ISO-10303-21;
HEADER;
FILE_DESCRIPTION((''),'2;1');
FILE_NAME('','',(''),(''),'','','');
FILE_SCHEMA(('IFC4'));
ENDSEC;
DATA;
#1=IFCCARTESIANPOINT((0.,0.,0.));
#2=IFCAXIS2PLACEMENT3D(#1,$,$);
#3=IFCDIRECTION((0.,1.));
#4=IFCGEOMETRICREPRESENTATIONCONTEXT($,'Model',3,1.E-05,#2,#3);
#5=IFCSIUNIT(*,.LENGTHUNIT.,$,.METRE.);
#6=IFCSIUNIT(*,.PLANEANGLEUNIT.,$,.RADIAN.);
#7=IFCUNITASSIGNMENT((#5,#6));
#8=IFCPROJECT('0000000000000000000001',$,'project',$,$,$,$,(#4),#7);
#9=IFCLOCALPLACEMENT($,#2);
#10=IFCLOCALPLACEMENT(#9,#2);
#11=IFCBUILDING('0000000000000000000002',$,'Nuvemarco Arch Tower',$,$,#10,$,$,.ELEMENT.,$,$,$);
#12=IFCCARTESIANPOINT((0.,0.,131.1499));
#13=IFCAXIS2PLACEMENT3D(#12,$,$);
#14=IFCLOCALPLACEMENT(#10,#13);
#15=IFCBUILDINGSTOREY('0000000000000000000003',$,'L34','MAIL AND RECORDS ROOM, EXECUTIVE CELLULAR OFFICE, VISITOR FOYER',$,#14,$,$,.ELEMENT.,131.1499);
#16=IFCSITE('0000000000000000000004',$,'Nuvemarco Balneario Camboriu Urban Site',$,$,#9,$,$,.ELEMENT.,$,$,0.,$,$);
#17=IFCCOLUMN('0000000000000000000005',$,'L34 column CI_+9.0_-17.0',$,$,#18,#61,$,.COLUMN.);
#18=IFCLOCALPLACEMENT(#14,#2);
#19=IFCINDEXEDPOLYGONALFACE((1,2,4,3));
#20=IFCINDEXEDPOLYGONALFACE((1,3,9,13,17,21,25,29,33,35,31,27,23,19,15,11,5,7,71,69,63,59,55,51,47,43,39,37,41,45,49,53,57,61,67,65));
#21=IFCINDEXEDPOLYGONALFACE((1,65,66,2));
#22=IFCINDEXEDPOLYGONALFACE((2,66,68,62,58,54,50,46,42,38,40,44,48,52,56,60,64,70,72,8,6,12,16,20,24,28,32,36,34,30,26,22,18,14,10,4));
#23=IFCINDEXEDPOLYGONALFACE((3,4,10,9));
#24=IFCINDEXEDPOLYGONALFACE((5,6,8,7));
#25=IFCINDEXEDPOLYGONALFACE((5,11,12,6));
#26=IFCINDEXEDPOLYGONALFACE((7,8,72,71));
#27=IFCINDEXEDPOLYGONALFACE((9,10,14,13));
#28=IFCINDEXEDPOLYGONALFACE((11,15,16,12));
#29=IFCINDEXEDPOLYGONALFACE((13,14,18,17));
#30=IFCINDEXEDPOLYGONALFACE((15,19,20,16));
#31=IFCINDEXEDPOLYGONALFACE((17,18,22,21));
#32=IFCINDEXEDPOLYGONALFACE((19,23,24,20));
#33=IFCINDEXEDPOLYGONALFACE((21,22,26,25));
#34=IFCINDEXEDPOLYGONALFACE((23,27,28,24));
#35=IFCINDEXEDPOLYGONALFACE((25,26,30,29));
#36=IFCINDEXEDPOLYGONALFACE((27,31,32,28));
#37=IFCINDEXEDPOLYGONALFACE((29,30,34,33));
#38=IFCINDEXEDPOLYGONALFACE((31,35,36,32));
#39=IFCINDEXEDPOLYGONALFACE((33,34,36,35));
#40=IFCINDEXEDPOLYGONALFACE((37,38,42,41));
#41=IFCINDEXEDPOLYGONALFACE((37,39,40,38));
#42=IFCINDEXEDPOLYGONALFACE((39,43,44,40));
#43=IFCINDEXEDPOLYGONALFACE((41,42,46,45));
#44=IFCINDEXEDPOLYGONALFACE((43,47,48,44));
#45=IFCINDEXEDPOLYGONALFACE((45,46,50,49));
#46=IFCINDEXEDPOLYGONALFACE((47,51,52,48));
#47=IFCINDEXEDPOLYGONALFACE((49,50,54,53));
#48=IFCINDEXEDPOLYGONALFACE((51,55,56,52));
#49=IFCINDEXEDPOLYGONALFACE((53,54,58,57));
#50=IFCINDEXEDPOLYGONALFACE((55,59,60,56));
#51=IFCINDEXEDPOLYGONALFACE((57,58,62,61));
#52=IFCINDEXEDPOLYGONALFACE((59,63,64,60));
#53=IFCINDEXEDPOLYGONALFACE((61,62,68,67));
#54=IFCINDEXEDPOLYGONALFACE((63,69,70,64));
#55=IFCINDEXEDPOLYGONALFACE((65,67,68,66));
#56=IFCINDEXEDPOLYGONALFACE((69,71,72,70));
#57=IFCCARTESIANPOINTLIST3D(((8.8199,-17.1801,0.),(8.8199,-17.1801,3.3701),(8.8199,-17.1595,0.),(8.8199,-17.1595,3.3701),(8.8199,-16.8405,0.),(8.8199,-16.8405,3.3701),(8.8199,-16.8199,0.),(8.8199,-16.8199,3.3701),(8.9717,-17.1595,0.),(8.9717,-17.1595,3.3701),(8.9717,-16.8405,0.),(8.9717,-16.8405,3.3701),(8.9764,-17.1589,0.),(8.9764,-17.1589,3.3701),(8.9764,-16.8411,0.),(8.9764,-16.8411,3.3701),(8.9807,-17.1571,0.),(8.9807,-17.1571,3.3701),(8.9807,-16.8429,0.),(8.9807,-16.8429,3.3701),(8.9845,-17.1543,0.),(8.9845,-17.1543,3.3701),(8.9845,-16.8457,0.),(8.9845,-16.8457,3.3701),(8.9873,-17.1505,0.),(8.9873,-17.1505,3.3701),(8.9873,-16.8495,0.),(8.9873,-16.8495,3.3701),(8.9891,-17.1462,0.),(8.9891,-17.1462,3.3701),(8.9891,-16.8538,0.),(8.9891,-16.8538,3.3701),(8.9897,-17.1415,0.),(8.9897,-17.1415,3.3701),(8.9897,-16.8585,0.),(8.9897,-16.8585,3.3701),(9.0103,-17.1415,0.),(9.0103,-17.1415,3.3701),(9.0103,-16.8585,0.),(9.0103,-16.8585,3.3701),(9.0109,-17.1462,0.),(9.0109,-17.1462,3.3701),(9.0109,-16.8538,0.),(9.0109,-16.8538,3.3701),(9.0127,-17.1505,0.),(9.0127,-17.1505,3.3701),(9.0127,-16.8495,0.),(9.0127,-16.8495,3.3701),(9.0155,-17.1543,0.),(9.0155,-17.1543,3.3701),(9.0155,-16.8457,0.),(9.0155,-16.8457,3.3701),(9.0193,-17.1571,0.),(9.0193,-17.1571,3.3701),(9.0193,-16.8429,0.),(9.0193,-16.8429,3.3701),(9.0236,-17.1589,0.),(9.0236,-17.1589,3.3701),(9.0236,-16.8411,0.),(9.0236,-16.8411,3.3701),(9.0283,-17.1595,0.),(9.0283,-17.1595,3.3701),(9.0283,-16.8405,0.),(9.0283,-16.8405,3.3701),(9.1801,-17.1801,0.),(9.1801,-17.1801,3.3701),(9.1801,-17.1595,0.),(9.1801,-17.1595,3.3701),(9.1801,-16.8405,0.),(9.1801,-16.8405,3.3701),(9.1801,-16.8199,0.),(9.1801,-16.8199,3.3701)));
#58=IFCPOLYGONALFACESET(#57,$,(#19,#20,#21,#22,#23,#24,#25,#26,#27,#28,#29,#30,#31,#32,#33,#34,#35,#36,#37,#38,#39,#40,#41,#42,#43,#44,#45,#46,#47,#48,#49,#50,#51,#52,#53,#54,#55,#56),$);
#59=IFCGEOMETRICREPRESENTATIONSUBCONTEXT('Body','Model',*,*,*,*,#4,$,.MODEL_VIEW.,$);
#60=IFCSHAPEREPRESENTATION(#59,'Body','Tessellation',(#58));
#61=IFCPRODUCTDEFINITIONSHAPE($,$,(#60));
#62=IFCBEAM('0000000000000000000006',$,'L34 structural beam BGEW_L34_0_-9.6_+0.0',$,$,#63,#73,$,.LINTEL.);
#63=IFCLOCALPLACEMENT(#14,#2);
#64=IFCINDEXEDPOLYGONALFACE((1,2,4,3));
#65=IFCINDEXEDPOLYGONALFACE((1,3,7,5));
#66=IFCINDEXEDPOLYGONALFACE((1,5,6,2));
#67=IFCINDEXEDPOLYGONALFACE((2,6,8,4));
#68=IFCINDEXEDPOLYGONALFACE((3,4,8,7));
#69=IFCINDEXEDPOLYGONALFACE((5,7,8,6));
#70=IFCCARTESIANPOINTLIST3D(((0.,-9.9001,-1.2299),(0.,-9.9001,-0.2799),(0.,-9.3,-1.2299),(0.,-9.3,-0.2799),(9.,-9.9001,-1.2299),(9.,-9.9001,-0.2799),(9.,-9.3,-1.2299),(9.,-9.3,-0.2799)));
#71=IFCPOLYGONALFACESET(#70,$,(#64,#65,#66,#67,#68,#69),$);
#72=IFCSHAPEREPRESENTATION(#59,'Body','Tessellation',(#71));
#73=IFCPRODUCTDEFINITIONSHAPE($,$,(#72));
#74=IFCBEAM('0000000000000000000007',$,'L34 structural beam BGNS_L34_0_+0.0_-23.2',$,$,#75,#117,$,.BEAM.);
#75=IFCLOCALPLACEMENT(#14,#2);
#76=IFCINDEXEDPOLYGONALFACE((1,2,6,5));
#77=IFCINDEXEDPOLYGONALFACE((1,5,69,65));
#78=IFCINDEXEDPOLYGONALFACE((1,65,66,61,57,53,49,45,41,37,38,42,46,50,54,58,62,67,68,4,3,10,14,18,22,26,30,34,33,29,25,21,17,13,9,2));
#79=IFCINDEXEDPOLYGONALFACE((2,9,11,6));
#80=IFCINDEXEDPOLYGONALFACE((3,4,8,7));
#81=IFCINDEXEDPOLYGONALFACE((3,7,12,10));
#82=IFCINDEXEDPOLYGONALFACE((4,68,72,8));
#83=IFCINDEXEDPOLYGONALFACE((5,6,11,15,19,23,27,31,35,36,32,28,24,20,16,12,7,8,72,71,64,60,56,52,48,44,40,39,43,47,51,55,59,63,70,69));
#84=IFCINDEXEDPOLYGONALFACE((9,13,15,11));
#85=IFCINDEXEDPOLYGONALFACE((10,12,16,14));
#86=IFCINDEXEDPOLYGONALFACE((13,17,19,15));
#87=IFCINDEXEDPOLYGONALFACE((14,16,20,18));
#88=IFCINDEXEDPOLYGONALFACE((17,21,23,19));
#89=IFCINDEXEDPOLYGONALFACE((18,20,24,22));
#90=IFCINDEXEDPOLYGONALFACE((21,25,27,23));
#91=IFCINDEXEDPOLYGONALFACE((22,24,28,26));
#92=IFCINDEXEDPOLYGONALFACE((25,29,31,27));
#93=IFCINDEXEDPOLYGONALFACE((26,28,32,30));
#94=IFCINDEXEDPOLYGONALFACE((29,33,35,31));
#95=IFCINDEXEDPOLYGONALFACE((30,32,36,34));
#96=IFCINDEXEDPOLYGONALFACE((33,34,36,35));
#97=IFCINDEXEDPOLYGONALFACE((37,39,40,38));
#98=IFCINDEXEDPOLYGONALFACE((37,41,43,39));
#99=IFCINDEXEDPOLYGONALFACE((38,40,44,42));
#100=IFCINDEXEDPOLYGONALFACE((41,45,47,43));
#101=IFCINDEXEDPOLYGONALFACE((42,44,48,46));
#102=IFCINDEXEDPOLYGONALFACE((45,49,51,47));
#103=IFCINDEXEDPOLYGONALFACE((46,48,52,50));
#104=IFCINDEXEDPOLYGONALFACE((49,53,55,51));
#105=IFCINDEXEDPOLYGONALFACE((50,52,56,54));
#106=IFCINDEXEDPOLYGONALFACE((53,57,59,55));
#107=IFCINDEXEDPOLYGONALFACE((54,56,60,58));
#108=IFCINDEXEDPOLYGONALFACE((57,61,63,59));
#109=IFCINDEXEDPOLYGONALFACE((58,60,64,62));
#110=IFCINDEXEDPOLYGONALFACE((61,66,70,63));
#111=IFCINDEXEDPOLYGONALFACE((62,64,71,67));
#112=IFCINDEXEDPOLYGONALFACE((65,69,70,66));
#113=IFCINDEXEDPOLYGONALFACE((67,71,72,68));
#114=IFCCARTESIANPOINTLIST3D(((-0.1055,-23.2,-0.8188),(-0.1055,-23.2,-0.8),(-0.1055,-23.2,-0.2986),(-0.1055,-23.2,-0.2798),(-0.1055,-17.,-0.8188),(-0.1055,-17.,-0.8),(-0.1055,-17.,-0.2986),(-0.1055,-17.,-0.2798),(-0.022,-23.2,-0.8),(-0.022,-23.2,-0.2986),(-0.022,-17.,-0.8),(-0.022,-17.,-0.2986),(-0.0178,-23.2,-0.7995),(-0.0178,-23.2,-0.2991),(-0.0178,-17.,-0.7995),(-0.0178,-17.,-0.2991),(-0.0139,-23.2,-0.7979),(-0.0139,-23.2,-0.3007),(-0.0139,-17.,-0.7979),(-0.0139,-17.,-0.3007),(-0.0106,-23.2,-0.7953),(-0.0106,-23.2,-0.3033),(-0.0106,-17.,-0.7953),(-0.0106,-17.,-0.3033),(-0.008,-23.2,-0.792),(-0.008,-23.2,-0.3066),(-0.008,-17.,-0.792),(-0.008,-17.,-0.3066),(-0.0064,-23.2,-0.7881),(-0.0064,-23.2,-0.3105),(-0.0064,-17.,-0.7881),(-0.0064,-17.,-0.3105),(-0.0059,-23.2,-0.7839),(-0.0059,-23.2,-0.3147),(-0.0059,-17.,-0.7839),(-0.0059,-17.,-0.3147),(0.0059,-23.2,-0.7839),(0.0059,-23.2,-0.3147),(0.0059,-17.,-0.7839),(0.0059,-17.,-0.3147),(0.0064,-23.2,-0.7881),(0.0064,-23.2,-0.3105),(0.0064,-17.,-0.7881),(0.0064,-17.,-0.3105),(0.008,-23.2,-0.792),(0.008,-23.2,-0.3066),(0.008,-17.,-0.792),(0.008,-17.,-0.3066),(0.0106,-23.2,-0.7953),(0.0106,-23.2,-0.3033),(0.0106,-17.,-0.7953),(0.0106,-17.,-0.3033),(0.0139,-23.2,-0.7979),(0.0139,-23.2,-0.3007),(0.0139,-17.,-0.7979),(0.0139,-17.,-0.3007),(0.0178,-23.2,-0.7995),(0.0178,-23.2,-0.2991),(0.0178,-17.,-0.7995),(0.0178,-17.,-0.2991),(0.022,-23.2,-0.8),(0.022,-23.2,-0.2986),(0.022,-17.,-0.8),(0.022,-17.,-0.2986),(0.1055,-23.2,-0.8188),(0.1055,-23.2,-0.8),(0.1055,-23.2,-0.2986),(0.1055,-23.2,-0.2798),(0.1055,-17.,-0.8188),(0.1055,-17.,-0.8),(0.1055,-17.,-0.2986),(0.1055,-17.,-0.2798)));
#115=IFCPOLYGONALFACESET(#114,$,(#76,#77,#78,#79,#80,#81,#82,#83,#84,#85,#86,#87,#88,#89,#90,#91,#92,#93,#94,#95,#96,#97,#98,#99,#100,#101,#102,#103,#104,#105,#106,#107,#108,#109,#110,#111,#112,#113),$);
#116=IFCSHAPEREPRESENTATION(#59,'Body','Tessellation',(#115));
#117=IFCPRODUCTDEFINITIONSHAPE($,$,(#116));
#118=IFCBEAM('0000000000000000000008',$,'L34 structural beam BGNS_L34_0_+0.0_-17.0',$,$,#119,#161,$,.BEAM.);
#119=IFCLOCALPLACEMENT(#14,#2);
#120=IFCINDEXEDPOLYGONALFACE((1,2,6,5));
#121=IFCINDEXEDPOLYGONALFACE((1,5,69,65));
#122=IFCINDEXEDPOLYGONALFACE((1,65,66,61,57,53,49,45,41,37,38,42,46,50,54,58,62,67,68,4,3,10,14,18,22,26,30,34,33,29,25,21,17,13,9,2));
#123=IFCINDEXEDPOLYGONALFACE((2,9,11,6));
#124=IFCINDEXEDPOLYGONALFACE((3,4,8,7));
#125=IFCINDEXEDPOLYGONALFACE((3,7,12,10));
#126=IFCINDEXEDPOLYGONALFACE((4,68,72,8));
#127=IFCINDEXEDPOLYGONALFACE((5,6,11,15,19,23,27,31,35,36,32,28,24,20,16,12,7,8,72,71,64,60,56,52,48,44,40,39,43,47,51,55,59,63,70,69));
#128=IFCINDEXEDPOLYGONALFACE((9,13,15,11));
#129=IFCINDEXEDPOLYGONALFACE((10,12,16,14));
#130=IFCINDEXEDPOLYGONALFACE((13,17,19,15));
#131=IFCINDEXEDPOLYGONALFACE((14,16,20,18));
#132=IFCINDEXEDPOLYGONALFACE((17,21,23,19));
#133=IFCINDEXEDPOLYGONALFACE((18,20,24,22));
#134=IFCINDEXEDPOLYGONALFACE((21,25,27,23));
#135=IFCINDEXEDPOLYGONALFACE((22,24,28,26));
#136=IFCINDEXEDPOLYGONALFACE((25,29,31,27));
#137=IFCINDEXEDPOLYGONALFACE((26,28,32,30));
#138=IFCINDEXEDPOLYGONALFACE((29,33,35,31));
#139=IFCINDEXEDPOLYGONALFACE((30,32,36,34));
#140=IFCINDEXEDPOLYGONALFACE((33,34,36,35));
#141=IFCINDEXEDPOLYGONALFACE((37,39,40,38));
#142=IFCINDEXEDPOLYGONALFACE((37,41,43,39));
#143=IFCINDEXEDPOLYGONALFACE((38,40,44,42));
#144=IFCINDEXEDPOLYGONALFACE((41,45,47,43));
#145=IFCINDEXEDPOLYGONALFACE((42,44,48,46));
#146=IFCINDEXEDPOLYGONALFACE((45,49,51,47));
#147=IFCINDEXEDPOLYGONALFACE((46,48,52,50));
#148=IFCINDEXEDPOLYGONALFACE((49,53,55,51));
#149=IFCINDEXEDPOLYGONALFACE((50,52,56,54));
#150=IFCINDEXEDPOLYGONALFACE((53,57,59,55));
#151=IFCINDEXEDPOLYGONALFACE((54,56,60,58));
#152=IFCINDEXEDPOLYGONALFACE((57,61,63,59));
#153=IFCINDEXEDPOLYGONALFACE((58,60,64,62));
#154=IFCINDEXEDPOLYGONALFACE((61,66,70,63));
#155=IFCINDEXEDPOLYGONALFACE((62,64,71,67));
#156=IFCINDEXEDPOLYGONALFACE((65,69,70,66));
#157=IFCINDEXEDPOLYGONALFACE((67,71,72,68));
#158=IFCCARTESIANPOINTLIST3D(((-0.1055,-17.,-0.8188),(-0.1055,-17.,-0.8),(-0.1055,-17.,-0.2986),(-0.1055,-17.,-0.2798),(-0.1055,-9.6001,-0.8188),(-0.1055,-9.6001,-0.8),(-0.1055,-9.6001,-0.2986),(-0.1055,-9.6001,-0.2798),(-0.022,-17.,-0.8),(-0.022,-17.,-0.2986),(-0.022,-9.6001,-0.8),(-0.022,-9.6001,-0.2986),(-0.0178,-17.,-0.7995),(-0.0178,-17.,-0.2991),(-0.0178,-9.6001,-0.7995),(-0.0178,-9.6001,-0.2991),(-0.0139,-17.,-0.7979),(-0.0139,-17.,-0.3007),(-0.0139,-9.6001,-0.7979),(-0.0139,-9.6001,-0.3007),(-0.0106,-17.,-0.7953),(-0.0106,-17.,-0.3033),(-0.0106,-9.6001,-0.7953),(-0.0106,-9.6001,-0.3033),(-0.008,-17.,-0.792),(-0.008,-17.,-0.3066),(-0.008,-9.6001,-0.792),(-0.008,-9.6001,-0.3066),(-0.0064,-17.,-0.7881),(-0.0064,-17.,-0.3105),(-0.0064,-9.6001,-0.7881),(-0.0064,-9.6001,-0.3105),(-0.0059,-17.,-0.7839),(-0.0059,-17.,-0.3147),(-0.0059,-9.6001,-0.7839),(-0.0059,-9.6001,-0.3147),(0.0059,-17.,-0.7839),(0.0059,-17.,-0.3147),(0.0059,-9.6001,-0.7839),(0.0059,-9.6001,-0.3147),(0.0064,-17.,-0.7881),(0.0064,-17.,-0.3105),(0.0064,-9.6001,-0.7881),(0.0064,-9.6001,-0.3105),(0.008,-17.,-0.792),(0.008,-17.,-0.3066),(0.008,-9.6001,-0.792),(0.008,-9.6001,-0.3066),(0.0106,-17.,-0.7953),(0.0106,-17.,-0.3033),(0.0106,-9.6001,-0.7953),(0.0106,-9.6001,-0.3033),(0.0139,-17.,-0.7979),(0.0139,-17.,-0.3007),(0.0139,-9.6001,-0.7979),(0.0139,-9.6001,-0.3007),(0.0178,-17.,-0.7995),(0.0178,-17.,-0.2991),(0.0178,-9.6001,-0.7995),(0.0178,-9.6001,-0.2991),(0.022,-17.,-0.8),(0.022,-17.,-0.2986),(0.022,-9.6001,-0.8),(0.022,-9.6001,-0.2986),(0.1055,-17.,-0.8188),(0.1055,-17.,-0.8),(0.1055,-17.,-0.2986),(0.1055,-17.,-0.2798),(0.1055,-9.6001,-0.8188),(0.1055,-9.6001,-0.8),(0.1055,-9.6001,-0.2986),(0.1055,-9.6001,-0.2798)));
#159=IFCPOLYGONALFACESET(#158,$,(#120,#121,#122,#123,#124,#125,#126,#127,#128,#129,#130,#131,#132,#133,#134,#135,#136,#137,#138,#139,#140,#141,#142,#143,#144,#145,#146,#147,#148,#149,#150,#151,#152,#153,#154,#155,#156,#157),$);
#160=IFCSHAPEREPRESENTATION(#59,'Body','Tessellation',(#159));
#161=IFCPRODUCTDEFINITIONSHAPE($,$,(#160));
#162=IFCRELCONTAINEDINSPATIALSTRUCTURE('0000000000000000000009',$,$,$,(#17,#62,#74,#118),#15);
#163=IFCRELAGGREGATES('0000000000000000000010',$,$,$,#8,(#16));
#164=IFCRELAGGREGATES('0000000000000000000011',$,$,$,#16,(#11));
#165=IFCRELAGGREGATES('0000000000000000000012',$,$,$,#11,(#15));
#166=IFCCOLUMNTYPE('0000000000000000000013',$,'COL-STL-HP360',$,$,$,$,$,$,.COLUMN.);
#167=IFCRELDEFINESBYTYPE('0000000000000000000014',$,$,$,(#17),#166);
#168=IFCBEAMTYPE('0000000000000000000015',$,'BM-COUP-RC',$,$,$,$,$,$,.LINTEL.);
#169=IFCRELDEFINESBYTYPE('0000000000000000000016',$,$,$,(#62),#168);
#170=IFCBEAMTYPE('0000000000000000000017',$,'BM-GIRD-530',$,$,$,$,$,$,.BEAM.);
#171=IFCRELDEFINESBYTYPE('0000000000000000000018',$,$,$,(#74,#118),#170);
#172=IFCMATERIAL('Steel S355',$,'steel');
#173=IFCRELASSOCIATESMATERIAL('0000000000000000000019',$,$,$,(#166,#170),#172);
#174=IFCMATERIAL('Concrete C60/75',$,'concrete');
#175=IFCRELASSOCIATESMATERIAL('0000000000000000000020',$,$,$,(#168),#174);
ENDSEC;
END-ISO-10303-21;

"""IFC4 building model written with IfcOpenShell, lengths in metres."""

from ifc_helpers import new_model, si_unit, direction, frame, origin, origin_2d, place, context, subcontext, project, spatial, rectangle, i_section, extrude, material, material_profile, profile_set, type_object, element, save


model = new_model("IFC4")

# Units and contexts
model_context = context("Model", 3, precision=1e-05, world=origin(), true_north=direction((0.0, 1.0)))
body_context = subcontext(model_context, "Body", "Model", "MODEL_VIEW")
ifc_project = project(units=[si_unit("LENGTHUNIT", "METRE"), si_unit("PLANEANGLEUNIT", "RADIAN")], contexts=[model_context])

# Site, building, storey
site_placement = place(None, origin())
site = spatial("IfcSite", under=ifc_project, at=site_placement, Name="Nuvemarco Balneario Camboriu Urban Site", CompositionType="ELEMENT", RefElevation=0.0)
building_placement = place(site_placement, origin())
building = spatial("IfcBuilding", under=site, at=building_placement, Name="Nuvemarco Arch Tower", CompositionType="ELEMENT")
storey_placement = place(building_placement, frame((0.0, 0.0, 131.1499)))
storey = spatial("IfcBuildingStorey", under=building, at=storey_placement, Name="L34", Description="MAIL AND RECORDS ROOM, EXECUTIVE CELLULAR OFFICE, VISITOR FOYER", CompositionType="ELEMENT", Elevation=131.1499)

# Column
ifc_material_1 = material(Name="Steel S355", Category="steel")
ifc_material_profile_1 = material_profile(ifc_material_1, i_section(OverallWidth=0.3601, OverallDepth=0.3601, WebThickness=0.0205, FlangeThickness=0.0205, FilletRadius=0.0181, at=origin_2d()), Name="HP360x174")
ifc_profile_set_1 = profile_set([ifc_material_profile_1], Name="Steel S355")
column_type_1 = type_object("IfcColumnType", Name="COL-STL-HP360", PredefinedType="COLUMN", material=ifc_profile_set_1)
for number, where, z_axis, x_axis, name in (
    (1, (9.0, -17.0, 0.0), (0.0, 0.0, 1.0), (1.0, 0.0, 0.0), "L34 column CI_+9.0_-17.0"),
):
    element("IfcColumn", number, at=place(storey_placement, frame(where, z_axis=z_axis, x_axis=x_axis)), inside=storey, type_object=column_type_1, Name=name, PredefinedType="COLUMN", context=body_context, shape_type="SweptSolid", body=[
        extrude(i_section(OverallWidth=0.3601, OverallDepth=0.3601, WebThickness=0.0205, FlangeThickness=0.0205, FilletRadius=0.0181, at=origin_2d()), origin(), (0.0, 0.0, 1.0), 3.3701),
    ])

# Beams
ifc_material_2 = material(Name="Concrete C60/75", Category="concrete")
ifc_material_profile_2 = material_profile(ifc_material_2, rectangle(XDim=0.6001, YDim=0.95, at=origin_2d()), Name="RC-BM-600x950")
ifc_profile_set_2 = profile_set([ifc_material_profile_2], Name="Concrete C60/75")
beam_type_1 = type_object("IfcBeamType", Name="BM-COUP-RC", PredefinedType="LINTEL", material=ifc_profile_set_2)
beam_1_placement = place(storey_placement, frame((0.0, -9.6001, -0.7549), z_axis=(1.0, 0.0, 0.0), x_axis=(0.0, 1.0, 0.0)))
element("IfcBeam", 2, at=beam_1_placement, inside=storey, type_object=beam_type_1, Name="L34 structural beam BGEW_L34_0_-9.6_+0.0", PredefinedType="LINTEL", context=body_context, shape_type="SweptSolid", body=[
    extrude(rectangle(XDim=0.6001, YDim=0.95, at=origin_2d()), origin(), (0.0, 0.0, 1.0), 9.0),
])
ifc_material_profile_3 = material_profile(ifc_material_1, i_section(OverallWidth=0.2109, OverallDepth=0.5391, WebThickness=0.0117, FlangeThickness=0.0188, FilletRadius=0.0161, at=origin_2d()), Name="W530x109")
ifc_profile_set_3 = profile_set([ifc_material_profile_3], Name="Steel S355")
beam_type_2 = type_object("IfcBeamType", Name="BM-GIRD-530", PredefinedType="BEAM", material=ifc_profile_set_3)
beam_2_placement = place(storey_placement, frame((0.0, -23.2, -0.5493), z_axis=(0.0, 1.0, 0.0), x_axis=(-1.0, 0.0, 0.0)))
element("IfcBeam", 3, at=beam_2_placement, inside=storey, type_object=beam_type_2, Name="L34 structural beam BGNS_L34_0_+0.0_-23.2", PredefinedType="BEAM", context=body_context, shape_type="SweptSolid", body=[
    extrude(i_section(OverallWidth=0.2109, OverallDepth=0.5391, WebThickness=0.0117, FlangeThickness=0.0188, FilletRadius=0.0161, at=origin_2d()), origin(), (0.0, 0.0, 1.0), 6.2),
])
beam_3_placement = place(storey_placement, frame((0.0, -17.0, -0.5493), z_axis=(0.0, 1.0, 0.0), x_axis=(-1.0, 0.0, 0.0)))
element("IfcBeam", 4, at=beam_3_placement, inside=storey, type_object=beam_type_2, Name="L34 structural beam BGNS_L34_0_+0.0_-17.0", PredefinedType="BEAM", context=body_context, shape_type="SweptSolid", body=[
    extrude(i_section(OverallWidth=0.2109, OverallDepth=0.5391, WebThickness=0.0117, FlangeThickness=0.0188, FilletRadius=0.0161, at=origin_2d()), origin(), (0.0, 0.0, 1.0), 7.3999),
])

save(model, "model.ifc")
